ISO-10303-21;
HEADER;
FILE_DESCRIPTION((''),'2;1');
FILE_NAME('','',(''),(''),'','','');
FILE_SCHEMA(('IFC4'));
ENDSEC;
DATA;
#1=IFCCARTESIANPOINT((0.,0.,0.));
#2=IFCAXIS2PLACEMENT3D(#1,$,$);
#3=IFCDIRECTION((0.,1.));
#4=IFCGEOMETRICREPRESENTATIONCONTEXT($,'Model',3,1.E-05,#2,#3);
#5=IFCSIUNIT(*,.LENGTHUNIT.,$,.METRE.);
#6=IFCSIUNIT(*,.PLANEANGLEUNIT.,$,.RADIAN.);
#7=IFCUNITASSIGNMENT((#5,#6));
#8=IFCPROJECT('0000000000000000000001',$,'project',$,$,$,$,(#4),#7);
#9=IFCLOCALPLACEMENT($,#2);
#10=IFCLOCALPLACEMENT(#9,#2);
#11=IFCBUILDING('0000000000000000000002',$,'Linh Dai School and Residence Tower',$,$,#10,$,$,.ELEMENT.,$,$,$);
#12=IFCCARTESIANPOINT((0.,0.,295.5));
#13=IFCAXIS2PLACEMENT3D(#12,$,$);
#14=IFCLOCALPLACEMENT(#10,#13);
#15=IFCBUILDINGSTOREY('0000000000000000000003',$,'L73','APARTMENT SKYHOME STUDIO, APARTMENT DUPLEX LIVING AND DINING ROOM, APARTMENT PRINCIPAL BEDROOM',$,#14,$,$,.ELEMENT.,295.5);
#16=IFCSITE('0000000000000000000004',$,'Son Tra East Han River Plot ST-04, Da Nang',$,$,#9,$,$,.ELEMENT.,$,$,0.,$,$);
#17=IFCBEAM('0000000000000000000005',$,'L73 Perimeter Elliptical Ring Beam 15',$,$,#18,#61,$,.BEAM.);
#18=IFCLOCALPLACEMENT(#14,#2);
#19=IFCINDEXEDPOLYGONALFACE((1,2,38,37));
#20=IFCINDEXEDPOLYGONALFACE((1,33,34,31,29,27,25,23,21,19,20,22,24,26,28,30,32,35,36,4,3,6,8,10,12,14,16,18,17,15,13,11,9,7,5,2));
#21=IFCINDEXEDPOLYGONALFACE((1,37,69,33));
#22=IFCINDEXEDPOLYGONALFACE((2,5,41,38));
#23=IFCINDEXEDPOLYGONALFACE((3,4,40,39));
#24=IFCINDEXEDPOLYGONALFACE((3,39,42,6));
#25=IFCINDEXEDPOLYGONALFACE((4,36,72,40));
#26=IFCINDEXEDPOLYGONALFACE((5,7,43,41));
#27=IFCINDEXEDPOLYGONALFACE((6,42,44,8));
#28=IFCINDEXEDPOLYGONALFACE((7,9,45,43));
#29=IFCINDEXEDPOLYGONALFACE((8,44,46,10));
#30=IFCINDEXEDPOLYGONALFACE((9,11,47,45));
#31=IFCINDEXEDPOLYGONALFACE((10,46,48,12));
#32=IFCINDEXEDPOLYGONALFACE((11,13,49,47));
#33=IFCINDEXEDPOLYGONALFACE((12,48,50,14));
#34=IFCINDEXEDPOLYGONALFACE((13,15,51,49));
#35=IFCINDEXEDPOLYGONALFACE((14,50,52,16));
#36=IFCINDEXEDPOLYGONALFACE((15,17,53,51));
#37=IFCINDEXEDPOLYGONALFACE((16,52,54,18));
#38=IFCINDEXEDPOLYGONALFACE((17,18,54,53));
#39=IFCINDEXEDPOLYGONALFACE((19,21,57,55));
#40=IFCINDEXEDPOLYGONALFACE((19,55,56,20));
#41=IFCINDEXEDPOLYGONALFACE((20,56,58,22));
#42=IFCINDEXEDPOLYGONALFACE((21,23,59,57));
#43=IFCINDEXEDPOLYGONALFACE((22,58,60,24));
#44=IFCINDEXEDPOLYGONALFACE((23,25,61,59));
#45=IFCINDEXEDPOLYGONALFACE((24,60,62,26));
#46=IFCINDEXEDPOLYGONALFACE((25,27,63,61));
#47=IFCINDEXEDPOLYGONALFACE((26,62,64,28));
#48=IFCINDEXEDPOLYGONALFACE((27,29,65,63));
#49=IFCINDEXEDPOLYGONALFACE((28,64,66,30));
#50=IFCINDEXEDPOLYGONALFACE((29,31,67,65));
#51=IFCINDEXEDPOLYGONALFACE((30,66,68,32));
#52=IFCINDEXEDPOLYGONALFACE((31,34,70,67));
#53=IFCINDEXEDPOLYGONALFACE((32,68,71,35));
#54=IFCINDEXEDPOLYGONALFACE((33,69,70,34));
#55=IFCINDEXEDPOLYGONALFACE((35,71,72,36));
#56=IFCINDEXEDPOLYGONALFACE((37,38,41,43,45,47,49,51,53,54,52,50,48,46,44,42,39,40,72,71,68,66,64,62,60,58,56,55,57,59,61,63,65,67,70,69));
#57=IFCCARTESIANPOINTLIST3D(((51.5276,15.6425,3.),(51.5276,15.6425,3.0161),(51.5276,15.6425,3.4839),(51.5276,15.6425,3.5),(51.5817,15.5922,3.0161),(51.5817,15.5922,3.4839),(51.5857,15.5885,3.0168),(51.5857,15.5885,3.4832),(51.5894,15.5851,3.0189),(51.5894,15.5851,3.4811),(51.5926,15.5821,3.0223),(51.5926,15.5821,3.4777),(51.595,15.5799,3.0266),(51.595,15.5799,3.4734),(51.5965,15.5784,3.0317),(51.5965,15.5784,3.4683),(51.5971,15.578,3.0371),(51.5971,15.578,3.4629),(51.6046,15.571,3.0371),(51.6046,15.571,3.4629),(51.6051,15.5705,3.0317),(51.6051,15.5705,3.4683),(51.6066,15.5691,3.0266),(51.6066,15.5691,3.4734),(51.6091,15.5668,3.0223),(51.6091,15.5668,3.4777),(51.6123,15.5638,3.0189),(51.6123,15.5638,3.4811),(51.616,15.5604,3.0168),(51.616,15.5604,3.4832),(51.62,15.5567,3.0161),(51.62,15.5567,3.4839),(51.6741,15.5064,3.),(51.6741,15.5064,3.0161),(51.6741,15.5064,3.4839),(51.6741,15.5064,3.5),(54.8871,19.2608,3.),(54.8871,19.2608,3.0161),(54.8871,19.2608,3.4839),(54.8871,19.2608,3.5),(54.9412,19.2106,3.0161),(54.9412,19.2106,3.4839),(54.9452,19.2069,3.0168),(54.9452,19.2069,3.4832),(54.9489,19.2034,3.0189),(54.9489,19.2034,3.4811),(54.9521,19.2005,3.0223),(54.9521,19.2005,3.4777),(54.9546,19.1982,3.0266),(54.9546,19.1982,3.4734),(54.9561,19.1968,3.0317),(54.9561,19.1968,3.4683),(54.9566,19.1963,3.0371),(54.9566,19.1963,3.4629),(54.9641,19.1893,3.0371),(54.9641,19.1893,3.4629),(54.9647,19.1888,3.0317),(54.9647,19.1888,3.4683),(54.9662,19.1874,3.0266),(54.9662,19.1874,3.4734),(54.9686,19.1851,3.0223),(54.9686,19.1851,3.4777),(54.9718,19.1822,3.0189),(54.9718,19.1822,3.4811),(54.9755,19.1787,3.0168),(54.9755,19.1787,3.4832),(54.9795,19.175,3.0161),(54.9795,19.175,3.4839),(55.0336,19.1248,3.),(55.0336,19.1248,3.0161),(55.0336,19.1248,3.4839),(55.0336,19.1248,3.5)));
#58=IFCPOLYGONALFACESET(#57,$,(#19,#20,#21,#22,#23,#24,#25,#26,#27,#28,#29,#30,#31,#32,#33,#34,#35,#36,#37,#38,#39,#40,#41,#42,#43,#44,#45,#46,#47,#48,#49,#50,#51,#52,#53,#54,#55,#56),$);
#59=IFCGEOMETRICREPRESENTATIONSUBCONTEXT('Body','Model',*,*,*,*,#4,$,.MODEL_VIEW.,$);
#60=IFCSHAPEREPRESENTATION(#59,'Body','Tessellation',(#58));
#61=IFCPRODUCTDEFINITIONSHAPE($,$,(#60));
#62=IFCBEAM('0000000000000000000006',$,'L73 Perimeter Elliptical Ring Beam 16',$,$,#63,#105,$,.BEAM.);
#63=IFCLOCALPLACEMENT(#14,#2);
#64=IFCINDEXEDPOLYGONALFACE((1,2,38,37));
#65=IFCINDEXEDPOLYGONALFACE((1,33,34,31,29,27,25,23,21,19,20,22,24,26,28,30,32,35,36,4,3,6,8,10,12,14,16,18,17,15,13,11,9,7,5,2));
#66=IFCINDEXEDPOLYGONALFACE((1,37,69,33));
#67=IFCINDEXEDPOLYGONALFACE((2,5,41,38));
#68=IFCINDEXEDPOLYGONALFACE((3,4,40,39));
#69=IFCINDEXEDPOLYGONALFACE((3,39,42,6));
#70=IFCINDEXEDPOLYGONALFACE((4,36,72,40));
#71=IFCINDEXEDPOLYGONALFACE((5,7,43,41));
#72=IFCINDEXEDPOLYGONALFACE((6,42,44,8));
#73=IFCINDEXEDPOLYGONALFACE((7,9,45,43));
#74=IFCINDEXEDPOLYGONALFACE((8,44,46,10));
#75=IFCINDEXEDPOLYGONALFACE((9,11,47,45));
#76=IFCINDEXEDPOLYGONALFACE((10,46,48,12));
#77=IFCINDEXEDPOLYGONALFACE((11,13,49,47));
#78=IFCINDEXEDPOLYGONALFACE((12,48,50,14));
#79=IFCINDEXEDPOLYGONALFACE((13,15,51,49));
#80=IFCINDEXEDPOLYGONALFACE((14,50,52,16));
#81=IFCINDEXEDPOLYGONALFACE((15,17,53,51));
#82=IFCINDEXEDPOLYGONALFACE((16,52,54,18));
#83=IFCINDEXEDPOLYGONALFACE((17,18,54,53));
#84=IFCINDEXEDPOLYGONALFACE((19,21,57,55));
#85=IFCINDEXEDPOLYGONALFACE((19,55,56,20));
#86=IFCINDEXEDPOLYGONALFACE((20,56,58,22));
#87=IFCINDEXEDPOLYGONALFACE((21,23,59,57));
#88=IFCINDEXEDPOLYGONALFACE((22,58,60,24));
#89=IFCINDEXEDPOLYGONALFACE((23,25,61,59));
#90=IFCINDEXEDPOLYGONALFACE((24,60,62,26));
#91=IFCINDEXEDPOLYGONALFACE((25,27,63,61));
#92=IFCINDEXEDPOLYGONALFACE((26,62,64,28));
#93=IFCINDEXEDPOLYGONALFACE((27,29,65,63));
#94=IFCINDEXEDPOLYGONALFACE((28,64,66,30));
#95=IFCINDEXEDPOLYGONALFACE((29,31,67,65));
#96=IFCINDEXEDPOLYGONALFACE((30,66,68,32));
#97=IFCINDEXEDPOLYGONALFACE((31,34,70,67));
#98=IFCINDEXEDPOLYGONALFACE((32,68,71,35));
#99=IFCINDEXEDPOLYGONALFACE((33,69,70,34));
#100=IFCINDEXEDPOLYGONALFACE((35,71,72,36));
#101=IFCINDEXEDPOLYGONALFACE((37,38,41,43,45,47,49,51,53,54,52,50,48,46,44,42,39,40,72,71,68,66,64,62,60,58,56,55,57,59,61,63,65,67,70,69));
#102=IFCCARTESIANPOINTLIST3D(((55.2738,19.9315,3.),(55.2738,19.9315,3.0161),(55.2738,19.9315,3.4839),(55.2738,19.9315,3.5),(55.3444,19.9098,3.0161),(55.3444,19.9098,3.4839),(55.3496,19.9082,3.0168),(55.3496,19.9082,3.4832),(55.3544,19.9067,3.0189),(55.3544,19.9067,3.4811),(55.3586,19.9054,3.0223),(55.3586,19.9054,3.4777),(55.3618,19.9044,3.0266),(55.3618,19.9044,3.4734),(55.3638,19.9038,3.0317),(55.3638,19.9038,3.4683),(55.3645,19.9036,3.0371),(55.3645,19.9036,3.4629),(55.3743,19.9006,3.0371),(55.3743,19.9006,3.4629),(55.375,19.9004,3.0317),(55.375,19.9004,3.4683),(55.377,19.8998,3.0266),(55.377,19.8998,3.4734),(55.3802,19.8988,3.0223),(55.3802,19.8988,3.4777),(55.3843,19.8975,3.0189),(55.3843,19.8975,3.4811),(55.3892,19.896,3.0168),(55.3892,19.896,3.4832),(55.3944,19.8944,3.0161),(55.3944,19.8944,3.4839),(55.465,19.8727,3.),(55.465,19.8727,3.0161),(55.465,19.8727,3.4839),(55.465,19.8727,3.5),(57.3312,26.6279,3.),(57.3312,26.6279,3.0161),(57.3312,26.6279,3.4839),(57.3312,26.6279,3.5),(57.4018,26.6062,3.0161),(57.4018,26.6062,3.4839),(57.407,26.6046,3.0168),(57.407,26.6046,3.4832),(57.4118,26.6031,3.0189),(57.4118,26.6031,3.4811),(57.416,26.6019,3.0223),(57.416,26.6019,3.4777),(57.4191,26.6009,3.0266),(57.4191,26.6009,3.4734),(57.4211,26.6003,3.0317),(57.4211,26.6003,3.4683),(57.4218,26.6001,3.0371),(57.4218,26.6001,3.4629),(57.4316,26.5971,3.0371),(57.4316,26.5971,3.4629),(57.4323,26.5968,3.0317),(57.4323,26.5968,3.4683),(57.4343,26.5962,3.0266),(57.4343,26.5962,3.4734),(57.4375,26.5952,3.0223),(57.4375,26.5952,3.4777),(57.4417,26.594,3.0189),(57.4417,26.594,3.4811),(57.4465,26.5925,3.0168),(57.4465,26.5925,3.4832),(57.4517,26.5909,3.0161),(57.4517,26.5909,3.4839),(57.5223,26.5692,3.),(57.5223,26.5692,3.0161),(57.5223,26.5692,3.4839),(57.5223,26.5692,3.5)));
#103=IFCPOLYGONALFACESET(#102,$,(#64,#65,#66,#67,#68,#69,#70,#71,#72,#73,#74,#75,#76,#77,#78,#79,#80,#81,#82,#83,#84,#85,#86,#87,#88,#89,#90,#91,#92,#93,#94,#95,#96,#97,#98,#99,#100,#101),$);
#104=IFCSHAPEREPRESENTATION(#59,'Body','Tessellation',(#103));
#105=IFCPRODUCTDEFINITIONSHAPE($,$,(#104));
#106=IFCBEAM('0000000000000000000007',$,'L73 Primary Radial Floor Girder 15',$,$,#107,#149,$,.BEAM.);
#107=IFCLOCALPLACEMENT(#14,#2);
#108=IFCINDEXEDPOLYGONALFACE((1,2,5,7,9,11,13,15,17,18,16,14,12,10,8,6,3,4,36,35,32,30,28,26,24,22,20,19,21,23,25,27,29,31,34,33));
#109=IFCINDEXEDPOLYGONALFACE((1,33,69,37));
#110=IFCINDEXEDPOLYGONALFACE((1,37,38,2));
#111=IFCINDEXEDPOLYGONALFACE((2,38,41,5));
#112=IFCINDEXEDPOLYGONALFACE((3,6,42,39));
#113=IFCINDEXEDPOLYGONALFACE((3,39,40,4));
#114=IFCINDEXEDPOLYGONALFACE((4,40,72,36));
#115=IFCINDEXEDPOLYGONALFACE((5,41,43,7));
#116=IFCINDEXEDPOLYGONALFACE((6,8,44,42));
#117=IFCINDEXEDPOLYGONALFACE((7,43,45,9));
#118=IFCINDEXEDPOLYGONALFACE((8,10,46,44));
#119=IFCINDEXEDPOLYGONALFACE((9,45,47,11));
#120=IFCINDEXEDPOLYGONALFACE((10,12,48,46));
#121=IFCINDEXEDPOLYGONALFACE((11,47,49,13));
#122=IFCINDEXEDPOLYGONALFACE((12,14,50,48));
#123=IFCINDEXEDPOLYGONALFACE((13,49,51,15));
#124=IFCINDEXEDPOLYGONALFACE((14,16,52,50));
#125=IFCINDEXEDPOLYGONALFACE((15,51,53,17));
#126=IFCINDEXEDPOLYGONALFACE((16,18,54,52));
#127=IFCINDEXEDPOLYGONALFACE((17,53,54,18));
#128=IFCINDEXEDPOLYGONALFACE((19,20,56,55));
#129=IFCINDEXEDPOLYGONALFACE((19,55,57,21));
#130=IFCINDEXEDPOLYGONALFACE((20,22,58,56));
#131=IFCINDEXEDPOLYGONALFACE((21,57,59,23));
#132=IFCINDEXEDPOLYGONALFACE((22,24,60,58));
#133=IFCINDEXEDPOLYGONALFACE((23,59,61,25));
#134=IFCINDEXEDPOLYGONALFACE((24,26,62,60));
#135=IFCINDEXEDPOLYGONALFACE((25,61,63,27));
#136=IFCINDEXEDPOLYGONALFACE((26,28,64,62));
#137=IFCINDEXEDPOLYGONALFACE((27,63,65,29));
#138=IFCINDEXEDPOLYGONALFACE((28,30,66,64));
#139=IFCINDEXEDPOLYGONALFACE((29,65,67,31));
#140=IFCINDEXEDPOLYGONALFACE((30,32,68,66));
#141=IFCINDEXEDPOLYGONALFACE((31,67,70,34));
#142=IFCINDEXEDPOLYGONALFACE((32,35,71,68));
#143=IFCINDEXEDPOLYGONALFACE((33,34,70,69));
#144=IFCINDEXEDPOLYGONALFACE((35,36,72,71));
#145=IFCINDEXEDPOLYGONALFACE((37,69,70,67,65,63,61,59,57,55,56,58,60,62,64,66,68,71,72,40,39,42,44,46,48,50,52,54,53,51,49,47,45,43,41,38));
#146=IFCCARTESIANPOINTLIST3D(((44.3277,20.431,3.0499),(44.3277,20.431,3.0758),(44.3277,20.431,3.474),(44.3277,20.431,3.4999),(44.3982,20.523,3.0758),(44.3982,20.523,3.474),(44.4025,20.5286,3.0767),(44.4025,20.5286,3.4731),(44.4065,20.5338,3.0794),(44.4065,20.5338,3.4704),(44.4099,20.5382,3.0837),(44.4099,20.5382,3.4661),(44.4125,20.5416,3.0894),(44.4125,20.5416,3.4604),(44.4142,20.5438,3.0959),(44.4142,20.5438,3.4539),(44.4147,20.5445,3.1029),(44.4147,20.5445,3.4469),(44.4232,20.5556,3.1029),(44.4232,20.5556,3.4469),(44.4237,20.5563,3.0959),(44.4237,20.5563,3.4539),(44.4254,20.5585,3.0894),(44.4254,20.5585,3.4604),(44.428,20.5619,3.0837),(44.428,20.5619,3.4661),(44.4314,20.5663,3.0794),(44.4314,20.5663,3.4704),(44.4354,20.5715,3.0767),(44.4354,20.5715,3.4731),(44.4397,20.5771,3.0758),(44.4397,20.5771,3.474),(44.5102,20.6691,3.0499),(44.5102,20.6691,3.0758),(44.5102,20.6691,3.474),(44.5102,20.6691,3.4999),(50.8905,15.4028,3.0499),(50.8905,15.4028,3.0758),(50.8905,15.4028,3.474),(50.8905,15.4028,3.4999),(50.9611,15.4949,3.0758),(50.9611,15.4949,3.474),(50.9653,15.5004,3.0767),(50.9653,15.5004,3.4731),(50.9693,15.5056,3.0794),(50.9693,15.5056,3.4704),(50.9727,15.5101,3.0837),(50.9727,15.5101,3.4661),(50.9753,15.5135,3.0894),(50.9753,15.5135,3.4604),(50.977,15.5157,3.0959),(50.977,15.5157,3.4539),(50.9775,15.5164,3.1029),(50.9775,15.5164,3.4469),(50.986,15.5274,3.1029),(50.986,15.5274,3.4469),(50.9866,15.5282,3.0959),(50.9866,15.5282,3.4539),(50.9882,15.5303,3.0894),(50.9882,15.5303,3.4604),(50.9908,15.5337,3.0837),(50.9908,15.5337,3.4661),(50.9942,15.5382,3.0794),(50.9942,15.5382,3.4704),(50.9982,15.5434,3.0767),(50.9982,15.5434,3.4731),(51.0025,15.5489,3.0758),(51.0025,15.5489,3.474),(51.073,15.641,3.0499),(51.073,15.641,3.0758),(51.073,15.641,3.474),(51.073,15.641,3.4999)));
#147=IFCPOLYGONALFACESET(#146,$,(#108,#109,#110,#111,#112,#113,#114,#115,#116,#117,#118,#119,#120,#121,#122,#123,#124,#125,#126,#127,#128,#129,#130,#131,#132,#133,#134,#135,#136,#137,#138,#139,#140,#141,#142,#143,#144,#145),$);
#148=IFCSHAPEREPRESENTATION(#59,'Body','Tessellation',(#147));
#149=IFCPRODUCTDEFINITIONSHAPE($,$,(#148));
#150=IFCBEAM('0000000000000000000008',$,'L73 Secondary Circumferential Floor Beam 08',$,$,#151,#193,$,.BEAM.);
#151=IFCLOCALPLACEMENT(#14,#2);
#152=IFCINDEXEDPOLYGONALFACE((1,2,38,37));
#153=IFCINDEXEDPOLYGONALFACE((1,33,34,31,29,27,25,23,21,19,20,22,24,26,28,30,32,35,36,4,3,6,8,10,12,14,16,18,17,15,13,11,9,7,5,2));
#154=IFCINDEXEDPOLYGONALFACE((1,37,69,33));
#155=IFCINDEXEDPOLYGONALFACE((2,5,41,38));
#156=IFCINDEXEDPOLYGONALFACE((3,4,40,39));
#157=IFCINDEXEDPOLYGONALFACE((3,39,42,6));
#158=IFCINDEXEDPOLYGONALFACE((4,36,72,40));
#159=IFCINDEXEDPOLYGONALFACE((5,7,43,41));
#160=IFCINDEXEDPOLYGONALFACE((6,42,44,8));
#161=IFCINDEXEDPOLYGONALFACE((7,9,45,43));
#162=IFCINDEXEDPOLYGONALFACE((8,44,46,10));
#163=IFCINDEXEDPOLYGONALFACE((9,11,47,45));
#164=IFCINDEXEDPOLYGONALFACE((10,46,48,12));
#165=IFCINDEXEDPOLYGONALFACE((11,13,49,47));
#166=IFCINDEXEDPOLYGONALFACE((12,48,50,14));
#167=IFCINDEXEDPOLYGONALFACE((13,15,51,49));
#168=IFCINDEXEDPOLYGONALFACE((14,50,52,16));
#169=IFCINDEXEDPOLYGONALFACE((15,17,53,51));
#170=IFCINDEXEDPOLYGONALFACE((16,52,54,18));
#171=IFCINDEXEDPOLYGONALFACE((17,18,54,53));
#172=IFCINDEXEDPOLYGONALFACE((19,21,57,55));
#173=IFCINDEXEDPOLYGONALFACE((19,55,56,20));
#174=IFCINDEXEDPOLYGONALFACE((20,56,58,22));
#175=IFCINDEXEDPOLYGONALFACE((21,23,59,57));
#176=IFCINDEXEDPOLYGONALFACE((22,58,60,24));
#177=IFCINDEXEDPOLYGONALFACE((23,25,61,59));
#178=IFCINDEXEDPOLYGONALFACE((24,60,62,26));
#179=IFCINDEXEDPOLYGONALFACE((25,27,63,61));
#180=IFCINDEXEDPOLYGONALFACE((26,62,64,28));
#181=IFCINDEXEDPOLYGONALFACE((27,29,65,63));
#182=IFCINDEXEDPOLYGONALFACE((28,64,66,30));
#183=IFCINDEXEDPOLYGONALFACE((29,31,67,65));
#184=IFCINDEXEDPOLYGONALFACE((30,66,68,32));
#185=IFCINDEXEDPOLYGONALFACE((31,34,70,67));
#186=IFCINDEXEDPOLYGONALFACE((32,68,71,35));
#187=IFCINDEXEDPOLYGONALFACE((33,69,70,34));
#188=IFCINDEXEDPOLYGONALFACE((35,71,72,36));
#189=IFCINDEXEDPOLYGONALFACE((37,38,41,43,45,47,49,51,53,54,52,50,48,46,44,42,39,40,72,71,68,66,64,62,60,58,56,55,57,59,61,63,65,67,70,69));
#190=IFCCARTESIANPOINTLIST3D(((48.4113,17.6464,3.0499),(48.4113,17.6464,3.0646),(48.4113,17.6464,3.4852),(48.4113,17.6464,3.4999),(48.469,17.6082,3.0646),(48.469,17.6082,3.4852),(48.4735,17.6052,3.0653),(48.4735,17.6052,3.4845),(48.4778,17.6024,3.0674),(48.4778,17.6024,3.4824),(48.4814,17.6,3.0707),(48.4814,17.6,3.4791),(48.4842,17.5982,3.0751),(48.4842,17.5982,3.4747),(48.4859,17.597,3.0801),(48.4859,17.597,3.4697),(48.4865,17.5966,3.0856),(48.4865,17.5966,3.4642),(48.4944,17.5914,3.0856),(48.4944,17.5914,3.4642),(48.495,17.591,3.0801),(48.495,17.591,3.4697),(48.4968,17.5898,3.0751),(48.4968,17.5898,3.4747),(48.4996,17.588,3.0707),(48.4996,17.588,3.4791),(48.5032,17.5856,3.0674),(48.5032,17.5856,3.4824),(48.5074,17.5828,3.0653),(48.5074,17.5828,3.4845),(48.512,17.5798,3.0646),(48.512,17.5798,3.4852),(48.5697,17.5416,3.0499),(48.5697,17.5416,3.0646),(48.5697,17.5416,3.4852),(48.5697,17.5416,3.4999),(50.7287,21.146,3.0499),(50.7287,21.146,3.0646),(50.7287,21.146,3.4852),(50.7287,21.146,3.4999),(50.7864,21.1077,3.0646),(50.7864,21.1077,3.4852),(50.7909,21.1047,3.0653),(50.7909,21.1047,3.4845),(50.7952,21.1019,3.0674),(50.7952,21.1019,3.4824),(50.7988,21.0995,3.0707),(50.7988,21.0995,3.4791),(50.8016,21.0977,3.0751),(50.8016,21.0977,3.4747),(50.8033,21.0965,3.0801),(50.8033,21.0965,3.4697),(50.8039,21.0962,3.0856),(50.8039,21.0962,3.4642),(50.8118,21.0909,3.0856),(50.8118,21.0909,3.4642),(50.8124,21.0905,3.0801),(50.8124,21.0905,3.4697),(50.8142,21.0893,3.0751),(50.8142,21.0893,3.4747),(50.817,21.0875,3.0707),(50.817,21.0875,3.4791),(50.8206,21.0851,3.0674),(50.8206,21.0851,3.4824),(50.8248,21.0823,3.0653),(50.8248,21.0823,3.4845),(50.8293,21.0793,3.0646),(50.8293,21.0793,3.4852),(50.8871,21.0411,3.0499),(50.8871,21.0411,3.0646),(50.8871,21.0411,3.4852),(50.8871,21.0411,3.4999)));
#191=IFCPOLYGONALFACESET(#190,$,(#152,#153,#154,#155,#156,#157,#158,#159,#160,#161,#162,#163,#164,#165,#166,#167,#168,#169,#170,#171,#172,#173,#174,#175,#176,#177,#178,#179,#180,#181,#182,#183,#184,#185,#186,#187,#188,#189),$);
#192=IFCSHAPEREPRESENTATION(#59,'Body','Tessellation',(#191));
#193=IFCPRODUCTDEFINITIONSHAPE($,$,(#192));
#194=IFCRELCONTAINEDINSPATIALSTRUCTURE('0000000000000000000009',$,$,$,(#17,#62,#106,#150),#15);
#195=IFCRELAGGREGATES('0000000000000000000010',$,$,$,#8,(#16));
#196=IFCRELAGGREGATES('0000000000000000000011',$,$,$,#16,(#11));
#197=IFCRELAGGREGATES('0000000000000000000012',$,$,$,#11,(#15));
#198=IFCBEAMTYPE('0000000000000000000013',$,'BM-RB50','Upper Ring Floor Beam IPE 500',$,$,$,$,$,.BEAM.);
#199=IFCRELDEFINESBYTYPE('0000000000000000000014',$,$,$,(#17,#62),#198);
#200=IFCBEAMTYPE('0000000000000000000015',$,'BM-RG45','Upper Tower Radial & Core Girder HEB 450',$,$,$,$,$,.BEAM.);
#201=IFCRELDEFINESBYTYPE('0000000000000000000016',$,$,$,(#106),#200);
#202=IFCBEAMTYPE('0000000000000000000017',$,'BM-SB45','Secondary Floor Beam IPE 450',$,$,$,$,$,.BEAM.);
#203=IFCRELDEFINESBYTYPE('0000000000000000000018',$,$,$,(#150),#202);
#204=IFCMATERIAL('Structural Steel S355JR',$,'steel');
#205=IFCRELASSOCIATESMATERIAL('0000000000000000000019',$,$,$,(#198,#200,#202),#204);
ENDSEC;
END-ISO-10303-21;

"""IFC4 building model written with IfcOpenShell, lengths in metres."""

from ifc_helpers import new_model, si_unit, direction, frame, origin, origin_2d, place, context, subcontext, project, spatial, i_section, extrude, material, material_profile, profile_set, type_object, element, save


model = new_model("IFC4")

# Units and contexts
model_context = context("Model", 3, precision=1e-05, world=origin(), true_north=direction((0.0, 1.0)))
body_context = subcontext(model_context, "Body", "Model", "MODEL_VIEW")
ifc_project = project(units=[si_unit("LENGTHUNIT", "METRE"), si_unit("PLANEANGLEUNIT", "RADIAN")], contexts=[model_context])

# Site, building, storey
site_placement = place(None, origin())
site = spatial("IfcSite", under=ifc_project, at=site_placement, Name="Son Tra East Han River Plot ST-04, Da Nang", CompositionType="ELEMENT", RefElevation=0.0)
building_placement = place(site_placement, origin())
building = spatial("IfcBuilding", under=site, at=building_placement, Name="Linh Dai School and Residence Tower", CompositionType="ELEMENT")
storey_placement = place(building_placement, frame((0.0, 0.0, 295.5)))
storey = spatial("IfcBuildingStorey", under=building, at=storey_placement, Name="L73", Description="APARTMENT SKYHOME STUDIO, APARTMENT DUPLEX LIVING AND DINING ROOM, APARTMENT PRINCIPAL BEDROOM", CompositionType="ELEMENT", Elevation=295.5)

# Shared definitions
ifc_material_1 = material(Name="Structural Steel S355JR", Category="steel")

# Beams
ifc_material_profile_1 = material_profile(ifc_material_1, i_section(OverallWidth=0.2, OverallDepth=0.5, WebThickness=0.0103, FlangeThickness=0.0161, FilletRadius=0.021, at=origin_2d()), Name="IPE 500")
ifc_profile_set_1 = profile_set([ifc_material_profile_1], Name="Structural Steel S355JR")
beam_type_1 = type_object("IfcBeamType", Name="BM-RB50", Description="Upper Ring Floor Beam IPE 500", PredefinedType="BEAM", material=ifc_profile_set_1)
beam_1_placement = place(storey_placement, frame((51.6008, 15.5745, 3.25), z_axis=(0.680415, 0.732827, 0.0), x_axis=(-0.732827, 0.680415, 0.0)))
element("IfcBeam", 1, at=beam_1_placement, inside=storey, type_object=beam_type_1, Name="L73 Perimeter Elliptical Ring Beam 15", PredefinedType="BEAM", context=body_context, shape_type="SweptSolid", body=[
    extrude(i_section(OverallWidth=0.2, OverallDepth=0.5, WebThickness=0.0103, FlangeThickness=0.0161, FilletRadius=0.021, at=origin_2d()), origin(), (0.0, 0.0, 1.0), 4.9375),
])
beam_2_placement = place(storey_placement, frame((55.3694, 19.9021, 3.25), z_axis=(0.293682, 0.955903, 0.0), x_axis=(-0.955903, 0.293682, 0.0)))
element("IfcBeam", 2, at=beam_2_placement, inside=storey, type_object=beam_type_1, Name="L73 Perimeter Elliptical Ring Beam 16", PredefinedType="BEAM", context=body_context, shape_type="SweptSolid", body=[
    extrude(i_section(OverallWidth=0.2, OverallDepth=0.5, WebThickness=0.0103, FlangeThickness=0.0161, FilletRadius=0.021, at=origin_2d()), origin(), (0.0, 0.0, 1.0), 7.0054),
])
ifc_material_profile_2 = material_profile(ifc_material_1, i_section(OverallWidth=0.3, OverallDepth=0.45, WebThickness=0.0139, FlangeThickness=0.0259, FilletRadius=0.0271, at=origin_2d()), Name="HEB 450")
ifc_profile_set_2 = profile_set([ifc_material_profile_2], Name="Structural Steel S355JR")
beam_type_2 = type_object("IfcBeamType", Name="BM-RG45", Description="Upper Tower Radial & Core Girder HEB 450", PredefinedType="BEAM", material=ifc_profile_set_2)
beam_3_placement = place(storey_placement, frame((44.4189, 20.55, 3.2749), z_axis=(0.793803, -0.608175, 0.0), x_axis=(0.608175, 0.793803, 0.0)))
element("IfcBeam", 3, at=beam_3_placement, inside=storey, type_object=beam_type_2, Name="L73 Primary Radial Floor Girder 15", PredefinedType="BEAM", context=body_context, shape_type="SweptSolid", body=[
    extrude(i_section(OverallWidth=0.3, OverallDepth=0.45, WebThickness=0.0139, FlangeThickness=0.0259, FilletRadius=0.0271, at=origin_2d()), origin(), (0.0, 0.0, 1.0), 8.2676),
])
ifc_material_profile_3 = material_profile(ifc_material_1, i_section(OverallWidth=0.1899, OverallDepth=0.45, WebThickness=0.0095, FlangeThickness=0.0146, FilletRadius=0.021, at=origin_2d()), Name="IPE 450")
ifc_profile_set_3 = profile_set([ifc_material_profile_3], Name="Structural Steel S355JR")
beam_type_3 = type_object("IfcBeamType", Name="BM-SB45", Description="Secondary Floor Beam IPE 450", PredefinedType="BEAM", material=ifc_profile_set_3)
beam_4_placement = place(storey_placement, frame((48.4905, 17.594, 3.2749), z_axis=(0.55212, 0.833764, 0.0), x_axis=(-0.833764, 0.55212, 0.0)))
element("IfcBeam", 4, at=beam_4_placement, inside=storey, type_object=beam_type_3, Name="L73 Secondary Circumferential Floor Beam 08", PredefinedType="BEAM", context=body_context, shape_type="SweptSolid", body=[
    extrude(i_section(OverallWidth=0.1899, OverallDepth=0.45, WebThickness=0.0095, FlangeThickness=0.0146, FilletRadius=0.021, at=origin_2d()), origin(), (0.0, 0.0, 1.0), 4.1973),
])

save(model, "model.ifc")
